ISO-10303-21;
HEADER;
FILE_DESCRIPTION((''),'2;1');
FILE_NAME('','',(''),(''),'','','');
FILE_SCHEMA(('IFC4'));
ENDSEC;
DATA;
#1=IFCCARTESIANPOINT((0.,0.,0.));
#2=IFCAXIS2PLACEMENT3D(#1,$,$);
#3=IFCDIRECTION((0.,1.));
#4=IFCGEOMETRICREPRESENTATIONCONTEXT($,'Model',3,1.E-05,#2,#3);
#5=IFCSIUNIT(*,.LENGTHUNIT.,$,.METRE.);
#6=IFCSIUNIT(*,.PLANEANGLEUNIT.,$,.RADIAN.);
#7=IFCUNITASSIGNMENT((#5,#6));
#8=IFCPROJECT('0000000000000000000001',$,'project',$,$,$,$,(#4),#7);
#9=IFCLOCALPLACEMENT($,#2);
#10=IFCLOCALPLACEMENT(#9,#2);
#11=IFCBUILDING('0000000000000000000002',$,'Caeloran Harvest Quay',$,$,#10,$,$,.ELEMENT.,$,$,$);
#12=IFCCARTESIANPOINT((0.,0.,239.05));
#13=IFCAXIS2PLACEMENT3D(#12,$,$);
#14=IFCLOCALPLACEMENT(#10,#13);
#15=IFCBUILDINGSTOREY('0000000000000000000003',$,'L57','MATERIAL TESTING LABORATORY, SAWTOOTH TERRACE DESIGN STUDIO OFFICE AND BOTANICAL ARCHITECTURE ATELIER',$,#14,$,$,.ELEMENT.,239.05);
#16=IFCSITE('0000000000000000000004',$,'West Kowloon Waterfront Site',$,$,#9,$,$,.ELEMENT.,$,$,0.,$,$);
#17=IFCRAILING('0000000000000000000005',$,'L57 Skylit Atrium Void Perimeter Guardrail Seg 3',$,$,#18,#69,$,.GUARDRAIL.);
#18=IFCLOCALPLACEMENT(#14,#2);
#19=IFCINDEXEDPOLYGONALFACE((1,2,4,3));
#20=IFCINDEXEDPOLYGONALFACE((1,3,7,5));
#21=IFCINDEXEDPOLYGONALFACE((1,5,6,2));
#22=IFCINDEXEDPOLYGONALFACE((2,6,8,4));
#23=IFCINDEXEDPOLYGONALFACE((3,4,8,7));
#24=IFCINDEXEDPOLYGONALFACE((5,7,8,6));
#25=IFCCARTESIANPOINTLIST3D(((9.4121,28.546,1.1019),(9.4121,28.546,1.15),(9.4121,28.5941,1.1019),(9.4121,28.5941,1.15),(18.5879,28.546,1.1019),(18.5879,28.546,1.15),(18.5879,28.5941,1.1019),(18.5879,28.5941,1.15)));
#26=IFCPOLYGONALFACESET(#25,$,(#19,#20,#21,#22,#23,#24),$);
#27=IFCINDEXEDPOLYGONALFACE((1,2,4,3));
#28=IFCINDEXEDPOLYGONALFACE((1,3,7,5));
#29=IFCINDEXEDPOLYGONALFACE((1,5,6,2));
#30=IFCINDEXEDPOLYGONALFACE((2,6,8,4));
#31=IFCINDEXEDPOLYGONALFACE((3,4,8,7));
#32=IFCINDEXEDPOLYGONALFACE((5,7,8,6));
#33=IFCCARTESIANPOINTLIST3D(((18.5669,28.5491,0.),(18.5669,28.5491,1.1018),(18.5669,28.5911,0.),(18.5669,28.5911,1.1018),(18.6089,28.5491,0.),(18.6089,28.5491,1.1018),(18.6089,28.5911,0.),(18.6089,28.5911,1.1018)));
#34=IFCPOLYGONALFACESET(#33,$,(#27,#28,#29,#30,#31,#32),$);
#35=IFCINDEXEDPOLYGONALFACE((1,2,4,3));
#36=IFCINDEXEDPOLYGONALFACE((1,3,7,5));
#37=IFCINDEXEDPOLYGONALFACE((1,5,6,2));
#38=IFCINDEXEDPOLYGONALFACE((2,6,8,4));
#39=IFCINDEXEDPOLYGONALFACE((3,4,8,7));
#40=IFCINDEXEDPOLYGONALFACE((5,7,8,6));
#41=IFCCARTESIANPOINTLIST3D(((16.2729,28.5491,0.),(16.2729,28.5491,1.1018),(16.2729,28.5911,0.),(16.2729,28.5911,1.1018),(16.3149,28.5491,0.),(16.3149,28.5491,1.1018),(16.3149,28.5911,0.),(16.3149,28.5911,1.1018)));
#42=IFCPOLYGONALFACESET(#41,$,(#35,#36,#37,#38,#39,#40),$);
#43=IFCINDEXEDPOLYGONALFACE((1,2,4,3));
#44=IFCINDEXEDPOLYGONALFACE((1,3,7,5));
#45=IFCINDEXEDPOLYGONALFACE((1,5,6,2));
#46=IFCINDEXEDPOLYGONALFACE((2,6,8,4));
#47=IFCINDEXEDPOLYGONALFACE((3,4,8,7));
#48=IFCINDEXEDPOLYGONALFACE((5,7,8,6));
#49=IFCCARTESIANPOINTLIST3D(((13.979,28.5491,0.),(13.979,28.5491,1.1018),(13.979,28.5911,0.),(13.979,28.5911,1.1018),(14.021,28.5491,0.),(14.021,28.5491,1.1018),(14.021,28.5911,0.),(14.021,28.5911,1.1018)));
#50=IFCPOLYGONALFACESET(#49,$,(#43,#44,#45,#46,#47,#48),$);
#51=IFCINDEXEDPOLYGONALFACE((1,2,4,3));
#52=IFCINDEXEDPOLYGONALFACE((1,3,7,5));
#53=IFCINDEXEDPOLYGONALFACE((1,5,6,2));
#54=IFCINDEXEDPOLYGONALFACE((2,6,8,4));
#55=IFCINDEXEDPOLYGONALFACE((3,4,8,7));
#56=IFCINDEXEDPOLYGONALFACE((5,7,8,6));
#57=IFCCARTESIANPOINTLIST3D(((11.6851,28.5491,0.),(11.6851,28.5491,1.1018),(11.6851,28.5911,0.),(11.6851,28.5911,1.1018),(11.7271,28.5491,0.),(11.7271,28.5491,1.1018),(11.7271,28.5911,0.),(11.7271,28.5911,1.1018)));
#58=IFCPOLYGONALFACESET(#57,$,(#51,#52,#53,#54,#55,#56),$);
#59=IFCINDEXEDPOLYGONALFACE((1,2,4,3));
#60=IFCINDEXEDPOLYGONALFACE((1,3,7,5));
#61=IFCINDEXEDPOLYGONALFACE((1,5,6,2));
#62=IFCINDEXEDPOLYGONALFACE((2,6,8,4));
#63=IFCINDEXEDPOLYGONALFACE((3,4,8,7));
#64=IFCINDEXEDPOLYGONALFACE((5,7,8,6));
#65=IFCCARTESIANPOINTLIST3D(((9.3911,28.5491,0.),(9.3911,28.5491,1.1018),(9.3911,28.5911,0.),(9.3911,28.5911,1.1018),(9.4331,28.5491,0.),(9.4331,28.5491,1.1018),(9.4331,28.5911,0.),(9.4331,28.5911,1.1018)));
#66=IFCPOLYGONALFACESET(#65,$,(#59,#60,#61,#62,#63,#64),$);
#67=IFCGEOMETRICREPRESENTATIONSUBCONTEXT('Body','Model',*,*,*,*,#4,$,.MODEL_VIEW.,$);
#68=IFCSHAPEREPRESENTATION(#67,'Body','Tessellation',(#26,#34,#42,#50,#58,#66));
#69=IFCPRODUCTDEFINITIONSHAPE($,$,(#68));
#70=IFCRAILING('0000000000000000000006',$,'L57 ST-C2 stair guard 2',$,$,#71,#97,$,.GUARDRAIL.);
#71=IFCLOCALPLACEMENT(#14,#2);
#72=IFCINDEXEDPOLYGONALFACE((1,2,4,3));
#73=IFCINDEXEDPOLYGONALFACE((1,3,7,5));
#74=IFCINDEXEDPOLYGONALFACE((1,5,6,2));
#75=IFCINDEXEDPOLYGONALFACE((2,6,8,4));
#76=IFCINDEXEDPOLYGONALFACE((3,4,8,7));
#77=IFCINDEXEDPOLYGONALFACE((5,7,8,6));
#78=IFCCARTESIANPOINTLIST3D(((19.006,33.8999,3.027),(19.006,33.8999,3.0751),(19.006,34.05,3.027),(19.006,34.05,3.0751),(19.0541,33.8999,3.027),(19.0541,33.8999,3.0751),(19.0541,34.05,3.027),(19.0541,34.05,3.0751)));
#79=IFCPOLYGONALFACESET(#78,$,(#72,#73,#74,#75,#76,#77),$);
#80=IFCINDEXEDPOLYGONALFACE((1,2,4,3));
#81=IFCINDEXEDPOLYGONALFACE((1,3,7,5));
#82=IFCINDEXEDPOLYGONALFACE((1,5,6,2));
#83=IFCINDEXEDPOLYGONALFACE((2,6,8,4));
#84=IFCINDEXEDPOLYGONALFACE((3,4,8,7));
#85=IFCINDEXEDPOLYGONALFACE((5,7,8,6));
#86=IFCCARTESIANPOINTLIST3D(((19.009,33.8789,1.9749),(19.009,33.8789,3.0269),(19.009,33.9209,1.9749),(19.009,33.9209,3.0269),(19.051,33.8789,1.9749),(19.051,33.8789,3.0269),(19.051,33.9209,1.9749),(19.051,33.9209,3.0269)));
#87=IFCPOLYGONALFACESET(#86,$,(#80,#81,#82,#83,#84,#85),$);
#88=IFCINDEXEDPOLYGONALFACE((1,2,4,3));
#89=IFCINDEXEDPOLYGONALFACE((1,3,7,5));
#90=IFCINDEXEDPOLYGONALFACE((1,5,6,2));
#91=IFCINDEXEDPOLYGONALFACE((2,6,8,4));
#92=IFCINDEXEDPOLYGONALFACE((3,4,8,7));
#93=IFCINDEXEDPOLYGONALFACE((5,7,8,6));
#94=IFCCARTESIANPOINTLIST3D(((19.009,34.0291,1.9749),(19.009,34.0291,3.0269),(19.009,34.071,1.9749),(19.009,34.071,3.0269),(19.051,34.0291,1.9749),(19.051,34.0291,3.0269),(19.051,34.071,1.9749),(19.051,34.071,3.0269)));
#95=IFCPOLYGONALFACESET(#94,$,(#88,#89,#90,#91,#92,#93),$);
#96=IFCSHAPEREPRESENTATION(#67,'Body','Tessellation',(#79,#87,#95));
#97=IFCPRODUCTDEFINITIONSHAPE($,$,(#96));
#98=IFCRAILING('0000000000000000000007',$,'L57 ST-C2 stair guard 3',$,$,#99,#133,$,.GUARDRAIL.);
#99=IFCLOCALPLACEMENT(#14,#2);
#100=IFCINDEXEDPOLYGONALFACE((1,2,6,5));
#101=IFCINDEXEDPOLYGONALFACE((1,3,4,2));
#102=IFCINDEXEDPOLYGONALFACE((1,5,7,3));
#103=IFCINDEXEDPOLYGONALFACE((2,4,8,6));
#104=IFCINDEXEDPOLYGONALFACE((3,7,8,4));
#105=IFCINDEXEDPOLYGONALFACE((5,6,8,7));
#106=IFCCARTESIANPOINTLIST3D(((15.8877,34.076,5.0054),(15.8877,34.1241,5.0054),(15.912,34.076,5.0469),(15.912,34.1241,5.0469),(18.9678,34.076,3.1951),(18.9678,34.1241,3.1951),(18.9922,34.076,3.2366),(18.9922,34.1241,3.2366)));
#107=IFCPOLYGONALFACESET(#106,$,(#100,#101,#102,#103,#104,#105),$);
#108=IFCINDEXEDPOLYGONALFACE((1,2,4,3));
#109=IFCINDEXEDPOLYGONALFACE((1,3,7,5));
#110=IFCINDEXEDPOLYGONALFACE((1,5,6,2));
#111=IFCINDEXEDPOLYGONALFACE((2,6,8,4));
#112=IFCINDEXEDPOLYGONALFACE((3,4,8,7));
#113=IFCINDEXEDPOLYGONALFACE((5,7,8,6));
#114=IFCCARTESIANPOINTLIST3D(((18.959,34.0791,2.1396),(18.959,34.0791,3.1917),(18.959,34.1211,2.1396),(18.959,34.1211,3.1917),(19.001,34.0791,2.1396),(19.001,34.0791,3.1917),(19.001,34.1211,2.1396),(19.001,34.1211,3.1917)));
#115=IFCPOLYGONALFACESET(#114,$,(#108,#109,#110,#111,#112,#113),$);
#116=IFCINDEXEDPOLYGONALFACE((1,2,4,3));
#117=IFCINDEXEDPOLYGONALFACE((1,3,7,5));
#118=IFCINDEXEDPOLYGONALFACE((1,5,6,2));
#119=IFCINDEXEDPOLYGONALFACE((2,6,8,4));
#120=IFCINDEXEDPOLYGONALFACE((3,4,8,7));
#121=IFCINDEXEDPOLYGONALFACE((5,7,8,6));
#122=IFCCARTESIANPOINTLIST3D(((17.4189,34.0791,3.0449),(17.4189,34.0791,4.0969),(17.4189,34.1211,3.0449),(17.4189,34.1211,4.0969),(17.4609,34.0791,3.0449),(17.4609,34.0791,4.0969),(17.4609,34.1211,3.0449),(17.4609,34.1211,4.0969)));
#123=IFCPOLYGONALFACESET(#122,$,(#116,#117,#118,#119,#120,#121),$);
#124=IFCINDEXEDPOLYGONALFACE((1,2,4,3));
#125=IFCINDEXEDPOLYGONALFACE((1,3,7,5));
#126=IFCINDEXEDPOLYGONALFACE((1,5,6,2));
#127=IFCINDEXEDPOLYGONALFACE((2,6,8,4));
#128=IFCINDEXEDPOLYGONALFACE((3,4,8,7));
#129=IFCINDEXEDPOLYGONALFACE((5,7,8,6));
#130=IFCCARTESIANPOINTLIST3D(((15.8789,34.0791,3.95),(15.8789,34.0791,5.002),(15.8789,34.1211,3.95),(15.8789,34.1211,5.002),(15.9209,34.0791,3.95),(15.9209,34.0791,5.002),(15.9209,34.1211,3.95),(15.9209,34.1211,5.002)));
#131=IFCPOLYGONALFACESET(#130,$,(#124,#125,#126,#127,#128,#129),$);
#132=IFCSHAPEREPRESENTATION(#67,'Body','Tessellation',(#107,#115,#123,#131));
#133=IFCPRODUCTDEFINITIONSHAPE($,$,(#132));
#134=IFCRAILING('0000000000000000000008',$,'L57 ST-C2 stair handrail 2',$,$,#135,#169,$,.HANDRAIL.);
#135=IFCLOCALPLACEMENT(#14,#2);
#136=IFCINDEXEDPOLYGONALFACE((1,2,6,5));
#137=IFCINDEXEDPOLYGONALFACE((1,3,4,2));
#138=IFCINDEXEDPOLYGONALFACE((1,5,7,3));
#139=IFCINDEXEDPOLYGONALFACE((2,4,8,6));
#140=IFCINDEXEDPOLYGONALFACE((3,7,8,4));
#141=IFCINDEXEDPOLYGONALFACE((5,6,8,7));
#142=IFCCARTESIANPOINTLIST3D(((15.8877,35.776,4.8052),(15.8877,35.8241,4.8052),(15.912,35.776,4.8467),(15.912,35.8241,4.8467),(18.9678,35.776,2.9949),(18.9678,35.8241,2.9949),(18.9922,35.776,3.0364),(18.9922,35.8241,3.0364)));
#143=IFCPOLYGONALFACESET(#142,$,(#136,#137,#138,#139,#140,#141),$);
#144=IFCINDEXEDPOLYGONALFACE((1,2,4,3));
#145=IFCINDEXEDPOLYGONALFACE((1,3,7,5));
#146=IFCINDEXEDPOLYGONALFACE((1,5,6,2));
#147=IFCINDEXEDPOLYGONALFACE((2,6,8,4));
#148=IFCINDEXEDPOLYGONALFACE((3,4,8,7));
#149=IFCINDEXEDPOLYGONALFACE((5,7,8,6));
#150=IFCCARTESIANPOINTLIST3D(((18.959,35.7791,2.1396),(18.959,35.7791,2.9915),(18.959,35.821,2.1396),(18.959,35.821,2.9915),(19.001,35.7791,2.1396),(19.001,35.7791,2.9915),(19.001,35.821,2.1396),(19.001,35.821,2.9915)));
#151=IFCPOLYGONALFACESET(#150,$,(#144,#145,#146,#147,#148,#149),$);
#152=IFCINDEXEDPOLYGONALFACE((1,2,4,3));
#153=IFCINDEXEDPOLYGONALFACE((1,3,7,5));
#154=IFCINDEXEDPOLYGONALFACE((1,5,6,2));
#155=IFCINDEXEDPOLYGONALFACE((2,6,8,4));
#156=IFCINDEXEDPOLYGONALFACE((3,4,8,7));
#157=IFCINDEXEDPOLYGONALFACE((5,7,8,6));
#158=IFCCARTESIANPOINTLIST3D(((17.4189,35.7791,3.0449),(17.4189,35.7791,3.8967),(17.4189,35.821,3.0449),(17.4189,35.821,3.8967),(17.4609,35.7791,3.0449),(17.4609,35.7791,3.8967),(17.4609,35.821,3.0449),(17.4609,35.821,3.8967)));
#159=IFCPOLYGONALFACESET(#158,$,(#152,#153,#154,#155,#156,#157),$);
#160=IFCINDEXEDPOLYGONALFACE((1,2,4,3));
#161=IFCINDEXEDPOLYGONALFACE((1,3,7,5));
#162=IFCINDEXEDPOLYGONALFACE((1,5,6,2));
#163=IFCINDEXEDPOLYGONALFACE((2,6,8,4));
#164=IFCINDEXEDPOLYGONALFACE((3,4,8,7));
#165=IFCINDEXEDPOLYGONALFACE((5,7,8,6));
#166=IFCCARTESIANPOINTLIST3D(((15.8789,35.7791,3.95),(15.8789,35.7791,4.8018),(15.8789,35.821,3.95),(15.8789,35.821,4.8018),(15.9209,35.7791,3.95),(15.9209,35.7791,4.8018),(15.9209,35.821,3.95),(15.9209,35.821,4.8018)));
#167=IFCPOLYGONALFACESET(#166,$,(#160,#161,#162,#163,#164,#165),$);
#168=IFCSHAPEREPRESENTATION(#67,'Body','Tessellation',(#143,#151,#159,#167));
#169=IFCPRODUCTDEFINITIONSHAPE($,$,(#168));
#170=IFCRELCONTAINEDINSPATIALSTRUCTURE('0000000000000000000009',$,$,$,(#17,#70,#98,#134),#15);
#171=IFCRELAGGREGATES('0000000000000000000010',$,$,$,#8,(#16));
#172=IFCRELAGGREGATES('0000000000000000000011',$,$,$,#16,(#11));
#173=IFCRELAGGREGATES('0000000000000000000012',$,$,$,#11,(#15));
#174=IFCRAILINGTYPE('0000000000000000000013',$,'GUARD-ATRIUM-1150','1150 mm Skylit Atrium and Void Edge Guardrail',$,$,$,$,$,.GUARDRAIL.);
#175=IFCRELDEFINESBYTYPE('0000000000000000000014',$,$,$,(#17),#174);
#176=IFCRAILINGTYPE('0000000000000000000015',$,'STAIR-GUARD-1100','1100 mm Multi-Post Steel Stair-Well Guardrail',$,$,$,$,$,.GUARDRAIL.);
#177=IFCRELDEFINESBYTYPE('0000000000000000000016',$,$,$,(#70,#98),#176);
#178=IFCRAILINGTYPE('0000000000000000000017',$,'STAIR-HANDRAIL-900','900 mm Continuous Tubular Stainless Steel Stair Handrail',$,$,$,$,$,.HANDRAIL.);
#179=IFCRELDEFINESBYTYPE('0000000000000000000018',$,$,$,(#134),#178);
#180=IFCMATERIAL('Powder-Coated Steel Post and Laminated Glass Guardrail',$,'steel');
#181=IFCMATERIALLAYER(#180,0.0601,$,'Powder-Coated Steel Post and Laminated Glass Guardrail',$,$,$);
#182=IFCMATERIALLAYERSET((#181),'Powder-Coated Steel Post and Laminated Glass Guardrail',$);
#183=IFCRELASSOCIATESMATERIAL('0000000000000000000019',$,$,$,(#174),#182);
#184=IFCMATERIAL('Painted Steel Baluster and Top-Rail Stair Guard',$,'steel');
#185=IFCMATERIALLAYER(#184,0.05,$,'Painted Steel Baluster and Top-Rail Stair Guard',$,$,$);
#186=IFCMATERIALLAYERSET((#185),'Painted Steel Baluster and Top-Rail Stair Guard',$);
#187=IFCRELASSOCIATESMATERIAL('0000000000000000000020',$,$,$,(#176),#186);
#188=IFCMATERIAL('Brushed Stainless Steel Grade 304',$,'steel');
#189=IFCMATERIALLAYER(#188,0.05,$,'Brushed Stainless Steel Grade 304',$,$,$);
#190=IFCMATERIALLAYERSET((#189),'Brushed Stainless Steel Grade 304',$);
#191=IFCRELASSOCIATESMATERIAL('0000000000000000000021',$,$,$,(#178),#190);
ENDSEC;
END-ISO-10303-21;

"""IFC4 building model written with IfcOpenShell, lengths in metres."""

from ifc_helpers import new_model, si_unit, direction, frame, origin, origin_2d, place, context, subcontext, project, spatial, rectangle, extrude, material, layer, layer_set, type_object, element, save


model = new_model("IFC4")

# Units and contexts
model_context = context("Model", 3, precision=1e-05, world=origin(), true_north=direction((0.0, 1.0)))
body_context = subcontext(model_context, "Body", "Model", "MODEL_VIEW")
ifc_project = project(units=[si_unit("LENGTHUNIT", "METRE"), si_unit("PLANEANGLEUNIT", "RADIAN")], contexts=[model_context])

# Site, building, storey
site_placement = place(None, origin())
site = spatial("IfcSite", under=ifc_project, at=site_placement, Name="West Kowloon Waterfront Site", CompositionType="ELEMENT", RefElevation=0.0)
building_placement = place(site_placement, origin())
building = spatial("IfcBuilding", under=site, at=building_placement, Name="Caeloran Harvest Quay", CompositionType="ELEMENT")
storey_placement = place(building_placement, frame((0.0, 0.0, 239.05)))
storey = spatial("IfcBuildingStorey", under=building, at=storey_placement, Name="L57", Description="MATERIAL TESTING LABORATORY, SAWTOOTH TERRACE DESIGN STUDIO OFFICE AND BOTANICAL ARCHITECTURE ATELIER", CompositionType="ELEMENT", Elevation=239.05)

# Railings
ifc_material_1 = material(Name="Powder-Coated Steel Post and Laminated Glass Guardrail", Category="steel")
ifc_layer_1 = layer(ifc_material_1, 0.0601, Name="Powder-Coated Steel Post and Laminated Glass Guardrail")
ifc_layer_set_1 = layer_set([ifc_layer_1], Name="Powder-Coated Steel Post and Laminated Glass Guardrail")
railing_type_1 = type_object("IfcRailingType", Name="GUARD-ATRIUM-1150", Description="1150 mm Skylit Atrium and Void Edge Guardrail", PredefinedType="GUARDRAIL", material=ifc_layer_set_1)
railing_1_placement = place(storey_placement, frame((18.5879, 28.5701, 0.0)))
element("IfcRailing", 1, at=railing_1_placement, inside=storey, type_object=railing_type_1, Name="L57 Skylit Atrium Void Perimeter Guardrail Seg 3", PredefinedType="GUARDRAIL", context=body_context, shape_type="SweptSolid", body=[
    extrude(rectangle(XDim=0.0481, YDim=0.0481, at=origin_2d()), frame((0.0, 0.0, 1.126), z_axis=(-1.0, 0.0, 0.0), x_axis=(0.0, -1.0, 0.0)), (0.0, 0.0, 1.0), 9.1758),
    extrude(rectangle(XDim=0.042, YDim=0.042, at=origin_2d()), origin(), (0.0, 0.0, 1.0), 1.1018),
    extrude(rectangle(XDim=0.042, YDim=0.042, at=origin_2d()), frame((-2.2939, 0.0, 0.0)), (0.0, 0.0, 1.0), 1.1018),
    extrude(rectangle(XDim=0.042, YDim=0.042, at=origin_2d()), frame((-4.5879, 0.0, 0.0)), (0.0, 0.0, 1.0), 1.1018),
    extrude(rectangle(XDim=0.042, YDim=0.042, at=origin_2d()), frame((-6.8818, 0.0, 0.0)), (0.0, 0.0, 1.0), 1.1018),
    extrude(rectangle(XDim=0.042, YDim=0.042, at=origin_2d()), frame((-9.1758, 0.0, 0.0)), (0.0, 0.0, 1.0), 1.1018),
])
ifc_material_2 = material(Name="Painted Steel Baluster and Top-Rail Stair Guard", Category="steel")
ifc_layer_2 = layer(ifc_material_2, 0.05, Name="Painted Steel Baluster and Top-Rail Stair Guard")
ifc_layer_set_2 = layer_set([ifc_layer_2], Name="Painted Steel Baluster and Top-Rail Stair Guard")
railing_type_2 = type_object("IfcRailingType", Name="STAIR-GUARD-1100", Description="1100 mm Multi-Post Steel Stair-Well Guardrail", PredefinedType="GUARDRAIL", material=ifc_layer_set_2)
railing_2_placement = place(storey_placement, frame((19.03, 33.8999, 1.9749)))
element("IfcRailing", 2, at=railing_2_placement, inside=storey, type_object=railing_type_2, Name="L57 ST-C2 stair guard 2", PredefinedType="GUARDRAIL", context=body_context, shape_type="SweptSolid", body=[
    extrude(rectangle(XDim=0.0481, YDim=0.0481, at=origin_2d()), frame((0.0, 0.0, 1.0762), z_axis=(0.0, 1.0, 0.0), x_axis=(-1.0, 0.0, 0.0)), (0.0, 0.0, 1.0), 0.1501),
    extrude(rectangle(XDim=0.042, YDim=0.042, at=origin_2d()), origin(), (0.0, 0.0, 1.0), 1.052),
    extrude(rectangle(XDim=0.042, YDim=0.042, at=origin_2d()), frame((0.0, 0.1501, 0.0)), (0.0, 0.0, 1.0), 1.052),
])
railing_3_placement = place(storey_placement, frame((18.98, 34.1001, 2.1396)))
element("IfcRailing", 3, at=railing_3_placement, inside=storey, type_object=railing_type_2, Name="L57 ST-C2 stair guard 3", PredefinedType="GUARDRAIL", context=body_context, shape_type="SweptSolid", body=[
    extrude(rectangle(XDim=0.0481, YDim=0.0481, at=origin_2d()), frame((0.0, 0.0, 1.0762), z_axis=(-0.862119, 0.0, 0.506707), x_axis=(0.0, -1.0, 0.0)), (0.0, 0.0, 1.0), 3.5728),
    extrude(rectangle(XDim=0.042, YDim=0.042, at=origin_2d()), origin(), (0.0, 0.0, 1.0), 1.052),
    extrude(rectangle(XDim=0.042, YDim=0.042, at=origin_2d()), frame((-1.54, 0.0, 0.9053)), (0.0, 0.0, 1.0), 1.052),
    extrude(rectangle(XDim=0.042, YDim=0.042, at=origin_2d()), frame((-3.0801, 0.0, 1.8103)), (0.0, 0.0, 1.0), 1.052),
])
ifc_material_3 = material(Name="Brushed Stainless Steel Grade 304", Category="steel")
ifc_layer_3 = layer(ifc_material_3, 0.05, Name="Brushed Stainless Steel Grade 304")
ifc_layer_set_3 = layer_set([ifc_layer_3], Name="Brushed Stainless Steel Grade 304")
railing_type_3 = type_object("IfcRailingType", Name="STAIR-HANDRAIL-900", Description="900 mm Continuous Tubular Stainless Steel Stair Handrail", PredefinedType="HANDRAIL", material=ifc_layer_set_3)
railing_4_placement = place(storey_placement, frame((18.98, 35.8, 2.1396)))
element("IfcRailing", 4, at=railing_4_placement, inside=storey, type_object=railing_type_3, Name="L57 ST-C2 stair handrail 2", PredefinedType="HANDRAIL", context=body_context, shape_type="SweptSolid", body=[
    extrude(rectangle(XDim=0.0481, YDim=0.0481, at=origin_2d()), frame((0.0, 0.0, 0.876), z_axis=(-0.862119, 0.0, 0.506707), x_axis=(0.0, -1.0, 0.0)), (0.0, 0.0, 1.0), 3.5728),
    extrude(rectangle(XDim=0.042, YDim=0.042, at=origin_2d()), origin(), (0.0, 0.0, 1.0), 0.8518),
    extrude(rectangle(XDim=0.042, YDim=0.042, at=origin_2d()), frame((-1.54, 0.0, 0.9053)), (0.0, 0.0, 1.0), 0.8518),
    extrude(rectangle(XDim=0.042, YDim=0.042, at=origin_2d()), frame((-3.0801, 0.0, 1.8103)), (0.0, 0.0, 1.0), 0.8518),
])

save(model, "model.ifc")
